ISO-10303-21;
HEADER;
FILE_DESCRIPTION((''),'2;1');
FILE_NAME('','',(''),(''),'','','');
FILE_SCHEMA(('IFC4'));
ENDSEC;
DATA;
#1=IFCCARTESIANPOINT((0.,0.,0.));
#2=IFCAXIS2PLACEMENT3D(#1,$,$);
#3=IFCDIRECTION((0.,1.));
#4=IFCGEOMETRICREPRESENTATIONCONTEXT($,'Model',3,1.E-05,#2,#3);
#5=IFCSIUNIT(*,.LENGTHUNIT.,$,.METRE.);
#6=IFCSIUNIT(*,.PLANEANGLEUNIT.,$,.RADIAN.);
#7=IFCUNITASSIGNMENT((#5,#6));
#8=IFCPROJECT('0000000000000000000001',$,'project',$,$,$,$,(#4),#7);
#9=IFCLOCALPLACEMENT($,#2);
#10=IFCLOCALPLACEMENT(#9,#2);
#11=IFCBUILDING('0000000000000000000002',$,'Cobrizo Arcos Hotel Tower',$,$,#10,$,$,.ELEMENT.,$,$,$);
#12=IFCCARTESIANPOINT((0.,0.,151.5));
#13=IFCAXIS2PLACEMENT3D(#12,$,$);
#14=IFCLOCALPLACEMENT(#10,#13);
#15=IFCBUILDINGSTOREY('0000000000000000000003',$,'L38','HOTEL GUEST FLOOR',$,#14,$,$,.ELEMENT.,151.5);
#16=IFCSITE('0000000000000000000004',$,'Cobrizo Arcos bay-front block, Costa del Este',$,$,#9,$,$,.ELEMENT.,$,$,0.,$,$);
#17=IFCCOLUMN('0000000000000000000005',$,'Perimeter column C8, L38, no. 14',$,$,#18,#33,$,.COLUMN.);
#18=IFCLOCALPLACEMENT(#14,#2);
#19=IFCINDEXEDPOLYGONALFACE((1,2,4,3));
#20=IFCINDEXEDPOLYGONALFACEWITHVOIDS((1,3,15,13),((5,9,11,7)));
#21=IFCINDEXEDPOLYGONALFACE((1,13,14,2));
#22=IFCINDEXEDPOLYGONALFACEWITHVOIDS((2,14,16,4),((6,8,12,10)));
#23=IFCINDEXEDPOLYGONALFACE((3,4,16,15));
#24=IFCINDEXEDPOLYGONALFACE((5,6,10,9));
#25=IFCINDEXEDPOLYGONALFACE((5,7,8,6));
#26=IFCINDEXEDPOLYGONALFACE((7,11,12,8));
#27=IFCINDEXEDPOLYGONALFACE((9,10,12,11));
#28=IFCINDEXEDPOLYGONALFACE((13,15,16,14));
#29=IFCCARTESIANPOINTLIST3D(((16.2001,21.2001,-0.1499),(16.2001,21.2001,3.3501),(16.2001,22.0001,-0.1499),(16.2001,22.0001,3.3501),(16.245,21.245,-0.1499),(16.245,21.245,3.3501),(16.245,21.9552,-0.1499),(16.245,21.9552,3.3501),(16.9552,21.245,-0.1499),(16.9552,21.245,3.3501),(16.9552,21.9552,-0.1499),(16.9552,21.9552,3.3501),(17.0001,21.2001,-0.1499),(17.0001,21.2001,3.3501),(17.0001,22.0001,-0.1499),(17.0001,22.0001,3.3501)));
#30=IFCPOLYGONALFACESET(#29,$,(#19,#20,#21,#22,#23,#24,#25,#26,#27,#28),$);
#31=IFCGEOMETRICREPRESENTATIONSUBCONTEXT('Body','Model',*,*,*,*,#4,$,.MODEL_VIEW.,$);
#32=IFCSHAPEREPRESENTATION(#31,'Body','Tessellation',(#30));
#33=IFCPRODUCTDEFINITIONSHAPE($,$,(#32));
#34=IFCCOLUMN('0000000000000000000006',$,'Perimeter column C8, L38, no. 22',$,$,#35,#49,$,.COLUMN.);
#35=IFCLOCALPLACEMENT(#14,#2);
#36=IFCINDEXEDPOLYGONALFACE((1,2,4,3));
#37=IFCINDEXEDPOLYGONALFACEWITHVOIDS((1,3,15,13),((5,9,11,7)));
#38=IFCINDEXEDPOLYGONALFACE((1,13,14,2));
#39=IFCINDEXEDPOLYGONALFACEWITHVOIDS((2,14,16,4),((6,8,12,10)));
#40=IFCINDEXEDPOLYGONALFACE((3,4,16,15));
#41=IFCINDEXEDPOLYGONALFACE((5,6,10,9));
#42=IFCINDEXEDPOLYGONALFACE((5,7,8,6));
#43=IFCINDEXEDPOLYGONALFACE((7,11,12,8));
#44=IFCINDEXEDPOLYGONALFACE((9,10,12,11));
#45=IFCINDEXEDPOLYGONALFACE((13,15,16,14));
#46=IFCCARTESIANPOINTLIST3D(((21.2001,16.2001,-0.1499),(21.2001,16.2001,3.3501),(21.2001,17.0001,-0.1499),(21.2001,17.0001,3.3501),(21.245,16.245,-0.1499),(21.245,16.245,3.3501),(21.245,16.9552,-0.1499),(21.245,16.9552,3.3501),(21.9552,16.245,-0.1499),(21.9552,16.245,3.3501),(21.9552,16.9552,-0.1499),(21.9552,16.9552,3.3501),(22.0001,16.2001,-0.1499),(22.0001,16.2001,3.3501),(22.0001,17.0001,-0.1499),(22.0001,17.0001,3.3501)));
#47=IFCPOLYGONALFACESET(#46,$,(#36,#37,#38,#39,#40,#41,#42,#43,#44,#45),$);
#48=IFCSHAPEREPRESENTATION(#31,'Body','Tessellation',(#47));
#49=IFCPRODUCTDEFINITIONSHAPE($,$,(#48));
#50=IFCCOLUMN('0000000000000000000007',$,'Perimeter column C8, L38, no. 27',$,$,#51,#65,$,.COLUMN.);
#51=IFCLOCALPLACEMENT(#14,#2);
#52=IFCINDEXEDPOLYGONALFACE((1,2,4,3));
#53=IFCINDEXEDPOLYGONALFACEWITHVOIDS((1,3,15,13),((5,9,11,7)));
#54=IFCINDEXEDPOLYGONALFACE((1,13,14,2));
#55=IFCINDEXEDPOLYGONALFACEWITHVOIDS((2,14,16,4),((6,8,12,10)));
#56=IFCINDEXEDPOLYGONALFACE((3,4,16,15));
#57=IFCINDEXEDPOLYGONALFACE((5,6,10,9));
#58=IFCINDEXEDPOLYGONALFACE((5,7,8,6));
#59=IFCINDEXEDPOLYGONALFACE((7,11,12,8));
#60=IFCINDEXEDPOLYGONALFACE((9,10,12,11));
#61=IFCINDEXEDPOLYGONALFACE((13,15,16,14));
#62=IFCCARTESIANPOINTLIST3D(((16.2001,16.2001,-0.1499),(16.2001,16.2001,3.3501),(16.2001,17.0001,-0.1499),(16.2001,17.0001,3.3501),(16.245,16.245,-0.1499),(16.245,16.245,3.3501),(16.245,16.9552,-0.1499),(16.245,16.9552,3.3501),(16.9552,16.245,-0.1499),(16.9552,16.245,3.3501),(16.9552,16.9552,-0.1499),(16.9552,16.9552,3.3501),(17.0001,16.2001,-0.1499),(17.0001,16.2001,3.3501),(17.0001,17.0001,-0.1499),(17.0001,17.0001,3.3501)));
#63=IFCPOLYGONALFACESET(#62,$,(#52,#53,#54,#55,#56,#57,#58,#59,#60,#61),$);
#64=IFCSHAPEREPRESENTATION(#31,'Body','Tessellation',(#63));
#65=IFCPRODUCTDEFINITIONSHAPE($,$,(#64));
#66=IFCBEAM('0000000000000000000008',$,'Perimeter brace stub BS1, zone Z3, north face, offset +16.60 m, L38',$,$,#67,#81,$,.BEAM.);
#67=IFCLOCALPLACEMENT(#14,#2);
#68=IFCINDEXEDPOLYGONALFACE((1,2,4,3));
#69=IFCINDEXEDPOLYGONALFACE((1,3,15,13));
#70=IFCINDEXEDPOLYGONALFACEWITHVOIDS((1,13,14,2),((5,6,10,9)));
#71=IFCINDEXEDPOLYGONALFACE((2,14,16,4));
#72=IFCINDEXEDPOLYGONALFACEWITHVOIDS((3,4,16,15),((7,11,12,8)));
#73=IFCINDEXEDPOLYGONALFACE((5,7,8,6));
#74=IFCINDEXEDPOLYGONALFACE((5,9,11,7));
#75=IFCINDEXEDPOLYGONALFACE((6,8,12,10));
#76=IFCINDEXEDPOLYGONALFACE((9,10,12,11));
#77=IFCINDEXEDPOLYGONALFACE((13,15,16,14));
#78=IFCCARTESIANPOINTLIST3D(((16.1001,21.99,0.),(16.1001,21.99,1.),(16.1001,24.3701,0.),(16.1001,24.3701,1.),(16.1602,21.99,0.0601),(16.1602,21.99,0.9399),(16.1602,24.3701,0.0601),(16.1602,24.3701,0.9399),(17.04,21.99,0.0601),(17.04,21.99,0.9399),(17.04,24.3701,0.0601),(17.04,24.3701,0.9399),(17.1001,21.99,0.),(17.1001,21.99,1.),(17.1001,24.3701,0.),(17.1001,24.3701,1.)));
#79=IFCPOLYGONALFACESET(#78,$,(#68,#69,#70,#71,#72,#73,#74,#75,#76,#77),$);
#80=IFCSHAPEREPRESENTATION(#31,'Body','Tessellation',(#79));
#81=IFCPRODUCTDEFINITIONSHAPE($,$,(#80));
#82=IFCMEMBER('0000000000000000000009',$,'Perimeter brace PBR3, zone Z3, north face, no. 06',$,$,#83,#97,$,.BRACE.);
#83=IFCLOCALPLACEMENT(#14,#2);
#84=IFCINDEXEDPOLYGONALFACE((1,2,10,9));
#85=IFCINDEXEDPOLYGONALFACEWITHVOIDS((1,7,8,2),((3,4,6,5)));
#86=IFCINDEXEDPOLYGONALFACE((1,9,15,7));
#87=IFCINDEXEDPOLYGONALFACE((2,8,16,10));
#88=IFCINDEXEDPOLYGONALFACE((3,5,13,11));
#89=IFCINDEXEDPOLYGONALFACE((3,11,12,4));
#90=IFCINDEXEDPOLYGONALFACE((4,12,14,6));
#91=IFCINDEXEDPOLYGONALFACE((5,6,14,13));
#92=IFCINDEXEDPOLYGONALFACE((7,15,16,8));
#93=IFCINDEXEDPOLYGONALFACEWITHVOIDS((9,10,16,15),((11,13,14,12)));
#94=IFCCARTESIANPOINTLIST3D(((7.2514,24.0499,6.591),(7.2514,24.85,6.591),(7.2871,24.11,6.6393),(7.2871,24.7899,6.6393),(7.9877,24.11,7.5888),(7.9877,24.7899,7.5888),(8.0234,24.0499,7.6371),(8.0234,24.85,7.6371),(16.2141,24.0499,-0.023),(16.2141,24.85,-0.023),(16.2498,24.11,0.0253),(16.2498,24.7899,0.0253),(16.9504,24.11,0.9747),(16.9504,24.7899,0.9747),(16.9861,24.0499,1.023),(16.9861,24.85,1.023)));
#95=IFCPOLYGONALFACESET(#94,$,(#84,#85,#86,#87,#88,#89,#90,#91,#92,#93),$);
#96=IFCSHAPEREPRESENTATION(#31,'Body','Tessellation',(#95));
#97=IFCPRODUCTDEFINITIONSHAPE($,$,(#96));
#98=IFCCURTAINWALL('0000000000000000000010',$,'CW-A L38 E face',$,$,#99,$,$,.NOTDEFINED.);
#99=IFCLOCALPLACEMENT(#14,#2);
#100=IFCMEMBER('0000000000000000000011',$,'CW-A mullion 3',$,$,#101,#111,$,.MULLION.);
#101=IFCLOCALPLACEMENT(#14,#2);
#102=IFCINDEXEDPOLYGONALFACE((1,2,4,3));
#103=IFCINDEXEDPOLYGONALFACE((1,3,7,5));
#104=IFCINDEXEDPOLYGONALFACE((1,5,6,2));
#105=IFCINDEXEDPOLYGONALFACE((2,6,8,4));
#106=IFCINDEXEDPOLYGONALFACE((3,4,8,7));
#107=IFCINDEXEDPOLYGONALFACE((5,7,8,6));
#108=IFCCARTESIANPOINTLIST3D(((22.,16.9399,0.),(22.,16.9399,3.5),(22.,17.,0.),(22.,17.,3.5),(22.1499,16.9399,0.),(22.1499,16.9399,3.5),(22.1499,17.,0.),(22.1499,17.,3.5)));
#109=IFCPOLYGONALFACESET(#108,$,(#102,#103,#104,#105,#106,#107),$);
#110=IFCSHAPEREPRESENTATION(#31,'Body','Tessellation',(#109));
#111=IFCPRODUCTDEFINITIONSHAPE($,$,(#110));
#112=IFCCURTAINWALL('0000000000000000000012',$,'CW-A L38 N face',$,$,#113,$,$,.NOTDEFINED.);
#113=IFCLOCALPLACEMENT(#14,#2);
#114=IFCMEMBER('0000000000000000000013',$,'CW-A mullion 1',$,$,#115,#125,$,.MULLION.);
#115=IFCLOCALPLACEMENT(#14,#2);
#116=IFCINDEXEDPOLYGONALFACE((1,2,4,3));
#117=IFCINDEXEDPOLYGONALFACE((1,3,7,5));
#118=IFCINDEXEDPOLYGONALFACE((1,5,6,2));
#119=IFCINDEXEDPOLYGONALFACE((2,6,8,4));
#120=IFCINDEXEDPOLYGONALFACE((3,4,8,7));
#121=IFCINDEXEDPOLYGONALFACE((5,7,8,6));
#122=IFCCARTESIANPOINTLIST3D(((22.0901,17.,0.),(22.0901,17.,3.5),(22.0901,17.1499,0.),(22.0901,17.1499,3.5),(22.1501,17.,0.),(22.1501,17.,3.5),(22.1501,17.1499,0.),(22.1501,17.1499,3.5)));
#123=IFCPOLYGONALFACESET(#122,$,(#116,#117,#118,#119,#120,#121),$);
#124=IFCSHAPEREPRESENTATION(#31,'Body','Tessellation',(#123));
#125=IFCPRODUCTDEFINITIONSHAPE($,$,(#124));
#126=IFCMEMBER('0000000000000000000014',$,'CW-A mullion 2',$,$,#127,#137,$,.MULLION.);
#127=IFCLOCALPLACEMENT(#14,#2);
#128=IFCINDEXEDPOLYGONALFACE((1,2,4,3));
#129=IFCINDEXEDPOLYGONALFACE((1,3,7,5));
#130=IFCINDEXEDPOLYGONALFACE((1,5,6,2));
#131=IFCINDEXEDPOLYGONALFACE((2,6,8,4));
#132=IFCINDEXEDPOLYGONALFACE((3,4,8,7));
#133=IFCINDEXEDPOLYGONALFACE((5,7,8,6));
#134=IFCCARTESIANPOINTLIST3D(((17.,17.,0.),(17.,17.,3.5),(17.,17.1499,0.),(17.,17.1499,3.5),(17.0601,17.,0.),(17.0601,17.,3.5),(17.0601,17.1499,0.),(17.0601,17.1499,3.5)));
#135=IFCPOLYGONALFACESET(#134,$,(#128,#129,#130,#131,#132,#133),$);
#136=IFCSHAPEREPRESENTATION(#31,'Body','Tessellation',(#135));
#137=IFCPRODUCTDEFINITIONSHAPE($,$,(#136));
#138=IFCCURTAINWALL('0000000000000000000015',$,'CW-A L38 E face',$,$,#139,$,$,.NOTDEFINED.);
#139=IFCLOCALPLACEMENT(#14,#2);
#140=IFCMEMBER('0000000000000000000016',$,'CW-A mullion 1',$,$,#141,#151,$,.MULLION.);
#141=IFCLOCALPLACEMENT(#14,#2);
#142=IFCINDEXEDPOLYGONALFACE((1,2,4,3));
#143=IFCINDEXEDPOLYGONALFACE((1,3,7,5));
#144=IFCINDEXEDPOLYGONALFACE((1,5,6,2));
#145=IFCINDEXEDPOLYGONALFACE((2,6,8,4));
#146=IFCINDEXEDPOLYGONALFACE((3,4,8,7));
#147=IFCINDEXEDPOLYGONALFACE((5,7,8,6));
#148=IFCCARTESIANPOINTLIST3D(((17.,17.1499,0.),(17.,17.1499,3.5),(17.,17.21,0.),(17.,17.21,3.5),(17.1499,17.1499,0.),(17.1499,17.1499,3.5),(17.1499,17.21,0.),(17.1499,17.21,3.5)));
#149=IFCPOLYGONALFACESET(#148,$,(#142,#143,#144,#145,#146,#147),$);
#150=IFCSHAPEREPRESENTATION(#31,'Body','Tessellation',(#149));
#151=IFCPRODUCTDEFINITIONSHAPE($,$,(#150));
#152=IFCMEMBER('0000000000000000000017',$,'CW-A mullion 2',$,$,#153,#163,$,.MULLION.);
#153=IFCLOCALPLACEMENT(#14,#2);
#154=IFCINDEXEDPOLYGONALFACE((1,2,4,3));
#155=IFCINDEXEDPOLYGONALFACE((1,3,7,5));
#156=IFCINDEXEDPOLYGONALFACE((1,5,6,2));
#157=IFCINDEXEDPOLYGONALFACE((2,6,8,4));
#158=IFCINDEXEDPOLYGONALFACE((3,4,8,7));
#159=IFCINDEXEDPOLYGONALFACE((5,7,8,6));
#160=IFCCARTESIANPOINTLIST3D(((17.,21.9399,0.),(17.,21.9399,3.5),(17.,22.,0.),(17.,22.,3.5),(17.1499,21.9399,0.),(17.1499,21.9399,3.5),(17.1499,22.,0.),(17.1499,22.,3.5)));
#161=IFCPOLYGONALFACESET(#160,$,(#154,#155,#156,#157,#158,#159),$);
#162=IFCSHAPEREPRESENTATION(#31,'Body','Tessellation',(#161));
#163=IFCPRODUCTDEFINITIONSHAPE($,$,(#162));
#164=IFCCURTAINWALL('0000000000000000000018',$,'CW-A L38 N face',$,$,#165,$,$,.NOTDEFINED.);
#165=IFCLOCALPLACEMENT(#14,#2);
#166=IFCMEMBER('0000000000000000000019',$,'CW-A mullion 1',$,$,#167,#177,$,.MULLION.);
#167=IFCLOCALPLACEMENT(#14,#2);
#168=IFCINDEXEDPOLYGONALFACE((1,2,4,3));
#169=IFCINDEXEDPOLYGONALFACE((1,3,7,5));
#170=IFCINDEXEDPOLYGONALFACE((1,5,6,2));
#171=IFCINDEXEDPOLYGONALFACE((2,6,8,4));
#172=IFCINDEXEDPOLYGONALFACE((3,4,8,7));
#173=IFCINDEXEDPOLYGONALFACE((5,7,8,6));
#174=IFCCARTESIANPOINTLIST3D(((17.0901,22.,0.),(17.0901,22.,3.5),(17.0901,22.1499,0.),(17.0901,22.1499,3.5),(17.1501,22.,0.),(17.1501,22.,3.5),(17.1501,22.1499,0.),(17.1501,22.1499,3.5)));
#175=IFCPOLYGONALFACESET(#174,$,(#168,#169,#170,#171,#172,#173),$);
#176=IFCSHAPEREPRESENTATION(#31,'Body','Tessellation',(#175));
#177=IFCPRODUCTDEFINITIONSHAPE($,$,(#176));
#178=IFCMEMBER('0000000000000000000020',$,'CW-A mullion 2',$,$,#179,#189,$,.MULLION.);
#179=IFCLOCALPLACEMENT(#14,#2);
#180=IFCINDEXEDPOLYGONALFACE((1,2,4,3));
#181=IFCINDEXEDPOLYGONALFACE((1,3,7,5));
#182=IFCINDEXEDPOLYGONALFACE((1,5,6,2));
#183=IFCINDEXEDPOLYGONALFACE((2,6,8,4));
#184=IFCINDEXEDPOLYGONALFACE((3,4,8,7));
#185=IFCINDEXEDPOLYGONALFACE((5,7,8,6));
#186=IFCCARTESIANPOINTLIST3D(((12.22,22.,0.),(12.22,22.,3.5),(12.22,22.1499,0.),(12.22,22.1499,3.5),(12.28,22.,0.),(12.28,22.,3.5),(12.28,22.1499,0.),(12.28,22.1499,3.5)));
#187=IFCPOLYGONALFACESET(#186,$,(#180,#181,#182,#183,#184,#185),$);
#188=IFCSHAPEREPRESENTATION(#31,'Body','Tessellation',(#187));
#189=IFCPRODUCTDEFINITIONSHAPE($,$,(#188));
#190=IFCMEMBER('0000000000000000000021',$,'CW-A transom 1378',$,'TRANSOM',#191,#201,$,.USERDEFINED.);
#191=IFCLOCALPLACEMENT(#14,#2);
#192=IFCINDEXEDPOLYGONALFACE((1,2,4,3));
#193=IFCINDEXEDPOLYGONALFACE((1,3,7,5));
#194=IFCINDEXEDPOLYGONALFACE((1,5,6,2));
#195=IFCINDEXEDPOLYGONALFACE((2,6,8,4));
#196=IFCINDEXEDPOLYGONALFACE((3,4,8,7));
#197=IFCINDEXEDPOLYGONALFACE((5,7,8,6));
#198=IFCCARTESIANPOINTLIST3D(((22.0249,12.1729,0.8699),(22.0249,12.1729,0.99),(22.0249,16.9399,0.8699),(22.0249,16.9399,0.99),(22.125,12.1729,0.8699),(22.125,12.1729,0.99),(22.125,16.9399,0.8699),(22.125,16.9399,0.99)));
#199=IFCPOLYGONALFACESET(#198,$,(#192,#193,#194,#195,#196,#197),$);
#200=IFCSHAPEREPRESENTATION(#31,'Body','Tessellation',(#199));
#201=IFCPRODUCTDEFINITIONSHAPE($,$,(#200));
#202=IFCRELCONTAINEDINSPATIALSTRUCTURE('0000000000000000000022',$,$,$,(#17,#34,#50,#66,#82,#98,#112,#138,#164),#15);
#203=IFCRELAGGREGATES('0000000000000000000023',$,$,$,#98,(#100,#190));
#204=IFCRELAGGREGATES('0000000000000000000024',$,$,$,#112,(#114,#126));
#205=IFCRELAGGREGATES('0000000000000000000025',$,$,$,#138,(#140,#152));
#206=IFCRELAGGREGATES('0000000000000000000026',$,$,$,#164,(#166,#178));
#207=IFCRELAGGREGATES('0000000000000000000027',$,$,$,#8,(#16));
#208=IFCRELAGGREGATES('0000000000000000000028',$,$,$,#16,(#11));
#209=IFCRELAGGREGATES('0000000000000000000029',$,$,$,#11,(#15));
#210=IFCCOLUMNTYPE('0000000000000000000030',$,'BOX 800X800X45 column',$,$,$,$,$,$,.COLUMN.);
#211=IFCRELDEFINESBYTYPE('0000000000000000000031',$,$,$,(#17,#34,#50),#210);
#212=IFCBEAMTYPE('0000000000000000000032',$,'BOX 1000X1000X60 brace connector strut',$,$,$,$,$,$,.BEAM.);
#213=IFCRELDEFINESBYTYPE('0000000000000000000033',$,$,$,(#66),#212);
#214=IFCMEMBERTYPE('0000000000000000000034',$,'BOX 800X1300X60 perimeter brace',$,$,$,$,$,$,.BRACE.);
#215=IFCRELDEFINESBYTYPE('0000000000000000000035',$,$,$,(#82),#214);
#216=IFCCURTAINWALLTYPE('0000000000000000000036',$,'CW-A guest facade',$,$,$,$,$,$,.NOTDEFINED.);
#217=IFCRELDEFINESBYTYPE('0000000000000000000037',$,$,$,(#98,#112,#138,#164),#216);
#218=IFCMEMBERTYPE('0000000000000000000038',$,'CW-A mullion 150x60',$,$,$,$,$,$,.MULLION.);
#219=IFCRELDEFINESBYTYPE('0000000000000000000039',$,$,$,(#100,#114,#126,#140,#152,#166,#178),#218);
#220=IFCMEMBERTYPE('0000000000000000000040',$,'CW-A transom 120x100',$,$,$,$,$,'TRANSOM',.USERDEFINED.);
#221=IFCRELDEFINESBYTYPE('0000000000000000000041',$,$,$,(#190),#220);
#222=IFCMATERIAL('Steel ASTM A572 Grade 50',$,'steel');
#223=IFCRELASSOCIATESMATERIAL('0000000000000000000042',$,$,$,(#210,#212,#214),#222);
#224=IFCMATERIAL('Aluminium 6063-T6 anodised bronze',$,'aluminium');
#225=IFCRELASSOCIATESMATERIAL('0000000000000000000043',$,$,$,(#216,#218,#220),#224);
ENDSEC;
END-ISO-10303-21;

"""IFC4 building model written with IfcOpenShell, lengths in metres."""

from ifc_helpers import new_model, si_unit, direction, frame, origin, origin_2d, place, context, subcontext, project, spatial, rectangle, hollow_rectangle, extrude, material, material_profile, profile_set, type_object, element, aggregate, save


model = new_model("IFC4")

# Units and contexts
model_context = context("Model", 3, precision=1e-05, world=origin(), true_north=direction((0.0, 1.0)))
body_context = subcontext(model_context, "Body", "Model", "MODEL_VIEW")
ifc_project = project(units=[si_unit("LENGTHUNIT", "METRE"), si_unit("PLANEANGLEUNIT", "RADIAN")], contexts=[model_context])

# Site, building, storey
site_placement = place(None, origin())
site = spatial("IfcSite", under=ifc_project, at=site_placement, Name="Cobrizo Arcos bay-front block, Costa del Este", CompositionType="ELEMENT", RefElevation=0.0)
building_placement = place(site_placement, origin())
building = spatial("IfcBuilding", under=site, at=building_placement, Name="Cobrizo Arcos Hotel Tower", CompositionType="ELEMENT")
storey_placement = place(building_placement, frame((0.0, 0.0, 151.5)))
storey = spatial("IfcBuildingStorey", under=building, at=storey_placement, Name="L38", Description="HOTEL GUEST FLOOR", CompositionType="ELEMENT", Elevation=151.5)

# Columns
ifc_material_1 = material(Name="Steel ASTM A572 Grade 50", Category="steel")
ifc_material_profile_1 = material_profile(ifc_material_1, hollow_rectangle(XDim=0.8, YDim=0.8, WallThickness=0.0449, at=origin_2d()), Name="BOX 800X800X45")
ifc_profile_set_1 = profile_set([ifc_material_profile_1], Name="Steel ASTM A572 Grade 50")
column_type = type_object("IfcColumnType", Name="BOX 800X800X45 column", PredefinedType="COLUMN", material=ifc_profile_set_1)
for number, where, z_axis, x_axis, name in (
    (1, (16.6001, 21.6001, -0.1499), (0.0, 0.0, 1.0), (1.0, 0.0, 0.0), "Perimeter column C8, L38, no. 14"),
    (2, (21.6001, 16.6001, -0.1499), (0.0, 0.0, 1.0), (1.0, 0.0, 0.0), "Perimeter column C8, L38, no. 22"),
    (3, (16.6001, 16.6001, -0.1499), (0.0, 0.0, 1.0), (1.0, 0.0, 0.0), "Perimeter column C8, L38, no. 27"),
):
    element("IfcColumn", number, at=place(storey_placement, frame(where, z_axis=z_axis, x_axis=x_axis)), inside=storey, type_object=column_type, Name=name, PredefinedType="COLUMN", context=body_context, shape_type="SweptSolid", body=[
        extrude(hollow_rectangle(XDim=0.8, YDim=0.8, WallThickness=0.0449, at=origin_2d()), origin(), (0.0, 0.0, 1.0), 3.5),
    ])

# Beam
ifc_material_profile_2 = material_profile(ifc_material_1, hollow_rectangle(XDim=1.0, YDim=1.0, WallThickness=0.0601, at=origin_2d()), Name="BOX 1000X1000X60")
ifc_profile_set_2 = profile_set([ifc_material_profile_2], Name="Steel ASTM A572 Grade 50")
beam_type_1 = type_object("IfcBeamType", Name="BOX 1000X1000X60 brace connector strut", PredefinedType="BEAM", material=ifc_profile_set_2)
beam_1_placement = place(storey_placement, frame((16.6001, 21.99, 0.5), z_axis=(0.0, 1.0, 0.0), x_axis=(-1.0, 0.0, 0.0)))
element("IfcBeam", 4, at=beam_1_placement, inside=storey, type_object=beam_type_1, Name="Perimeter brace stub BS1, zone Z3, north face, offset +16.60 m, L38", PredefinedType="BEAM", context=body_context, shape_type="SweptSolid", body=[
    extrude(hollow_rectangle(XDim=1.0, YDim=1.0, WallThickness=0.0601, at=origin_2d()), origin(), (0.0, 0.0, 1.0), 2.3801),
])

# Member
ifc_material_profile_3 = material_profile(ifc_material_1, hollow_rectangle(XDim=0.8, YDim=1.3, WallThickness=0.0601, at=origin_2d()), Name="BOX 800X1300X60")
ifc_profile_set_3 = profile_set([ifc_material_profile_3], Name="Steel ASTM A572 Grade 50")
member_type_1 = type_object("IfcMemberType", Name="BOX 800X1300X60 perimeter brace", PredefinedType="BRACE", material=ifc_profile_set_3)
member_1_placement = place(storey_placement, frame((16.6001, 24.45, 0.5), z_axis=(-0.804629, 0.0, 0.593778), x_axis=(0.0, -1.0, 0.0)))
element("IfcMember", 5, at=member_1_placement, inside=storey, type_object=member_type_1, Name="Perimeter brace PBR3, zone Z3, north face, no. 06", PredefinedType="BRACE", context=body_context, shape_type="SweptSolid", body=[
    extrude(hollow_rectangle(XDim=0.8, YDim=1.3, WallThickness=0.0601, at=origin_2d()), origin(), (0.0, 0.0, 1.0), 11.1389),
])

# Curtain wall, member
ifc_material_2 = material(Name="Aluminium 6063-T6 anodised bronze", Category="aluminium")
curtain_wall_type = type_object("IfcCurtainWallType", Name="CW-A guest facade", PredefinedType="NOTDEFINED", material=ifc_material_2)
curtain_wall_1_placement = place(storey_placement, origin())
curtain_wall_1 = element("IfcCurtainWall", 6, at=curtain_wall_1_placement, inside=storey, type_object=curtain_wall_type, Name="CW-A L38 E face", PredefinedType="NOTDEFINED")
ifc_material_profile_4 = material_profile(ifc_material_2, rectangle(XDim=0.1499, YDim=0.0601, at=origin_2d()), Name="CW-A mullion 150x60")
ifc_profile_set_4 = profile_set([ifc_material_profile_4], Name="Aluminium 6063-T6 anodised bronze")
member_type_2 = type_object("IfcMemberType", Name="CW-A mullion 150x60", PredefinedType="MULLION", material=ifc_profile_set_4)
member_2_placement = place(storey_placement, frame((22.075, 16.97, 0.0), z_axis=(0.0, 0.0, 1.0), x_axis=(1.0, 0.0, 0.0)))
member_2 = element("IfcMember", 7, at=member_2_placement, type_object=member_type_2, Name="CW-A mullion 3", PredefinedType="MULLION", context=body_context, shape_type="SweptSolid", body=[
    extrude(rectangle(XDim=0.1499, YDim=0.0601, at=origin_2d()), origin(), (0.0, 0.0, 1.0), 3.5),
])

# Curtain walls, members
curtain_wall_2_placement = place(storey_placement, origin())
curtain_wall_2 = element("IfcCurtainWall", 8, at=curtain_wall_2_placement, inside=storey, type_object=curtain_wall_type, Name="CW-A L38 N face", PredefinedType="NOTDEFINED")
member_3_placement = place(storey_placement, frame((22.1201, 17.075, 0.0), z_axis=(0.0, 0.0, 1.0), x_axis=(0.0, 1.0, 0.0)))
member_3 = element("IfcMember", 9, at=member_3_placement, type_object=member_type_2, Name="CW-A mullion 1", PredefinedType="MULLION", context=body_context, shape_type="SweptSolid", body=[
    extrude(rectangle(XDim=0.1499, YDim=0.0601, at=origin_2d()), origin(), (0.0, 0.0, 1.0), 3.5),
])
member_4_placement = place(storey_placement, frame((17.03, 17.075, 0.0), z_axis=(0.0, 0.0, 1.0), x_axis=(0.0, 1.0, 0.0)))
member_4 = element("IfcMember", 10, at=member_4_placement, type_object=member_type_2, Name="CW-A mullion 2", PredefinedType="MULLION", context=body_context, shape_type="SweptSolid", body=[
    extrude(rectangle(XDim=0.1499, YDim=0.0601, at=origin_2d()), origin(), (0.0, 0.0, 1.0), 3.5),
])
curtain_wall_3_placement = place(storey_placement, origin())
curtain_wall_3 = element("IfcCurtainWall", 11, at=curtain_wall_3_placement, inside=storey, type_object=curtain_wall_type, Name="CW-A L38 E face", PredefinedType="NOTDEFINED")
member_5_placement = place(storey_placement, frame((17.075, 17.1799, 0.0), z_axis=(0.0, 0.0, 1.0), x_axis=(1.0, 0.0, 0.0)))
member_5 = element("IfcMember", 12, at=member_5_placement, type_object=member_type_2, Name="CW-A mullion 1", PredefinedType="MULLION", context=body_context, shape_type="SweptSolid", body=[
    extrude(rectangle(XDim=0.1499, YDim=0.0601, at=origin_2d()), origin(), (0.0, 0.0, 1.0), 3.5),
])
member_6_placement = place(storey_placement, frame((17.075, 21.97, 0.0), z_axis=(0.0, 0.0, 1.0), x_axis=(1.0, 0.0, 0.0)))
member_6 = element("IfcMember", 13, at=member_6_placement, type_object=member_type_2, Name="CW-A mullion 2", PredefinedType="MULLION", context=body_context, shape_type="SweptSolid", body=[
    extrude(rectangle(XDim=0.1499, YDim=0.0601, at=origin_2d()), origin(), (0.0, 0.0, 1.0), 3.5),
])
curtain_wall_4_placement = place(storey_placement, origin())
curtain_wall_4 = element("IfcCurtainWall", 14, at=curtain_wall_4_placement, inside=storey, type_object=curtain_wall_type, Name="CW-A L38 N face", PredefinedType="NOTDEFINED")
member_7_placement = place(storey_placement, frame((17.1201, 22.075, 0.0), z_axis=(0.0, 0.0, 1.0), x_axis=(0.0, 1.0, 0.0)))
member_7 = element("IfcMember", 15, at=member_7_placement, type_object=member_type_2, Name="CW-A mullion 1", PredefinedType="MULLION", context=body_context, shape_type="SweptSolid", body=[
    extrude(rectangle(XDim=0.1499, YDim=0.0601, at=origin_2d()), origin(), (0.0, 0.0, 1.0), 3.5),
])
member_8_placement = place(storey_placement, frame((12.25, 22.075, 0.0), z_axis=(0.0, 0.0, 1.0), x_axis=(0.0, 1.0, 0.0)))
member_8 = element("IfcMember", 16, at=member_8_placement, type_object=member_type_2, Name="CW-A mullion 2", PredefinedType="MULLION", context=body_context, shape_type="SweptSolid", body=[
    extrude(rectangle(XDim=0.1499, YDim=0.0601, at=origin_2d()), origin(), (0.0, 0.0, 1.0), 3.5),
])

# Member
ifc_material_profile_5 = material_profile(ifc_material_2, rectangle(XDim=0.1001, YDim=0.1201, at=origin_2d()), Name="CW-A transom 120x100")
ifc_profile_set_5 = profile_set([ifc_material_profile_5], Name="Aluminium 6063-T6 anodised bronze")
member_type_3 = type_object("IfcMemberType", Name="CW-A transom 120x100", ElementType="TRANSOM", PredefinedType="USERDEFINED", material=ifc_profile_set_5)
member_9_placement = place(storey_placement, frame((22.075, 12.1729, 0.9299), z_axis=(0.0, 1.0, 0.0), x_axis=(-1.0, 0.0, 0.0)))
member_9 = element("IfcMember", 17, at=member_9_placement, type_object=member_type_3, Name="CW-A transom 1378", ObjectType="TRANSOM", PredefinedType="USERDEFINED", context=body_context, shape_type="SweptSolid", body=[
    extrude(rectangle(XDim=0.1001, YDim=0.1201, at=origin_2d()), origin(), (0.0, 0.0, 1.0), 4.7671),
])

aggregate(curtain_wall_1, [member_2, member_9])
aggregate(curtain_wall_2, [member_3, member_4])
aggregate(curtain_wall_3, [member_5, member_6])
aggregate(curtain_wall_4, [member_7, member_8])

save(model, "model.ifc")
